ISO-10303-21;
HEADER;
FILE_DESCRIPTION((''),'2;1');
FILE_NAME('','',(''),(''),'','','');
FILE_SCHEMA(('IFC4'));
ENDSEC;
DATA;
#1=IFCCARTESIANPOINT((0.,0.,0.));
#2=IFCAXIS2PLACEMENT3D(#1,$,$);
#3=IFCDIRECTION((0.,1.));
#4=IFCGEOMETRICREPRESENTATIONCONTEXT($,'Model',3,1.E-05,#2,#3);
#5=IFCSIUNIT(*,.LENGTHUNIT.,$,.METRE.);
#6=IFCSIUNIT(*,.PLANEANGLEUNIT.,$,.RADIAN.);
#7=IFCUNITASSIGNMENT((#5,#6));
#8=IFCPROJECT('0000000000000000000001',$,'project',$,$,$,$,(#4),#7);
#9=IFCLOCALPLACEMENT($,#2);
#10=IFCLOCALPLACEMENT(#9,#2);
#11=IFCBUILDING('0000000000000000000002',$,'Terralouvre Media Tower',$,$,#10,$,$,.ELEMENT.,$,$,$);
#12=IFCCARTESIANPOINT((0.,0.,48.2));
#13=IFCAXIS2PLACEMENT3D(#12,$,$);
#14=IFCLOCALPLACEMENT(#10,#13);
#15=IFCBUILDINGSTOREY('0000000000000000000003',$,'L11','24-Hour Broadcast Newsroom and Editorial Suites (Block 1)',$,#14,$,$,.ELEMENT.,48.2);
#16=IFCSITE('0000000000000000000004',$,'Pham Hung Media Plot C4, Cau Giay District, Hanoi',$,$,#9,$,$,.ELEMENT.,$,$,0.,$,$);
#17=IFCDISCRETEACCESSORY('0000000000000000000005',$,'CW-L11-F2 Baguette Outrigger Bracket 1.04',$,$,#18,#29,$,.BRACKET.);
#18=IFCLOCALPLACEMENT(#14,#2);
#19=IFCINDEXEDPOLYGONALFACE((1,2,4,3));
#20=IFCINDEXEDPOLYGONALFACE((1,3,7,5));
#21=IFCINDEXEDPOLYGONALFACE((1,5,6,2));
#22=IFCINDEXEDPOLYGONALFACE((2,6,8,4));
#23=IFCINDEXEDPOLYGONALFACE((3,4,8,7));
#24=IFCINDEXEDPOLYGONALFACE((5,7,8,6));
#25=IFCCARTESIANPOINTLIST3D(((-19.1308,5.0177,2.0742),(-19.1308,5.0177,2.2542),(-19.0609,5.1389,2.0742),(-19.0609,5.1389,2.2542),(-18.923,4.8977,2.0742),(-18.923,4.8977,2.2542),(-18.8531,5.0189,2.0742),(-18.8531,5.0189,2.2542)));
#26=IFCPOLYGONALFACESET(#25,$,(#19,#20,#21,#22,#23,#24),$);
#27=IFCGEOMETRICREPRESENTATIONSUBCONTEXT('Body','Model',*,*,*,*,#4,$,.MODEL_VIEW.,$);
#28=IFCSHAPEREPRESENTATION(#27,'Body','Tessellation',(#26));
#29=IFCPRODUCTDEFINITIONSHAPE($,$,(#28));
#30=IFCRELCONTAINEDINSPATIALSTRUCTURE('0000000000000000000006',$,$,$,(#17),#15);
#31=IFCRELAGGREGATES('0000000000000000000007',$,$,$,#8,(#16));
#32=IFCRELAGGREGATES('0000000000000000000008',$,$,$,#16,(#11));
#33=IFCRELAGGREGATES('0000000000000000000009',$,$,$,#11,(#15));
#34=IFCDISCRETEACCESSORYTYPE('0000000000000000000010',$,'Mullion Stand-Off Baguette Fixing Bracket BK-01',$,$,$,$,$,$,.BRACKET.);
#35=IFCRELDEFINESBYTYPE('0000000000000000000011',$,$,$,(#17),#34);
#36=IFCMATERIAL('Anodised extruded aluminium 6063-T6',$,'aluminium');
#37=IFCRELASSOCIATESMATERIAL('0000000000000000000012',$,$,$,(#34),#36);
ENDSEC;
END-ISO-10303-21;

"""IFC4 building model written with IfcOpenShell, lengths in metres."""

from ifc_helpers import new_model, si_unit, direction, frame, origin, origin_2d, place, context, subcontext, project, spatial, rectangle, extrude, material, type_object, element, save


model = new_model("IFC4")

# Units and contexts
model_context = context("Model", 3, precision=1e-05, world=origin(), true_north=direction((0.0, 1.0)))
body_context = subcontext(model_context, "Body", "Model", "MODEL_VIEW")
ifc_project = project(units=[si_unit("LENGTHUNIT", "METRE"), si_unit("PLANEANGLEUNIT", "RADIAN")], contexts=[model_context])

# Site, building, storey
site_placement = place(None, origin())
site = spatial("IfcSite", under=ifc_project, at=site_placement, Name="Pham Hung Media Plot C4, Cau Giay District, Hanoi", CompositionType="ELEMENT", RefElevation=0.0)
building_placement = place(site_placement, origin())
building = spatial("IfcBuilding", under=site, at=building_placement, Name="Terralouvre Media Tower", CompositionType="ELEMENT")
storey_placement = place(building_placement, frame((0.0, 0.0, 48.2)))
storey = spatial("IfcBuildingStorey", under=building, at=storey_placement, Name="L11", Description="24-Hour Broadcast Newsroom and Editorial Suites (Block 1)", CompositionType="ELEMENT", Elevation=48.2)

# Discrete accessory
ifc_material_1 = material(Name="Anodised extruded aluminium 6063-T6", Category="aluminium")
discrete_accessory_type = type_object("IfcDiscreteAccessoryType", Name="Mullion Stand-Off Baguette Fixing Bracket BK-01", PredefinedType="BRACKET", material=ifc_material_1)
discrete_accessory_placement = place(storey_placement, frame((-18.9919, 5.0183, 2.0742), z_axis=(0.0, 0.0, 1.0), x_axis=(-0.5, -0.866025, 0.0)))
element("IfcDiscreteAccessory", 1, at=discrete_accessory_placement, inside=storey, type_object=discrete_accessory_type, Name="CW-L11-F2 Baguette Outrigger Bracket 1.04", PredefinedType="BRACKET", context=body_context, shape_type="SweptSolid", body=[
    extrude(rectangle(XDim=0.1399, YDim=0.24, at=origin_2d()), origin(), (0.0, 0.0, 1.0), 0.1799),
])

save(model, "model.ifc")
